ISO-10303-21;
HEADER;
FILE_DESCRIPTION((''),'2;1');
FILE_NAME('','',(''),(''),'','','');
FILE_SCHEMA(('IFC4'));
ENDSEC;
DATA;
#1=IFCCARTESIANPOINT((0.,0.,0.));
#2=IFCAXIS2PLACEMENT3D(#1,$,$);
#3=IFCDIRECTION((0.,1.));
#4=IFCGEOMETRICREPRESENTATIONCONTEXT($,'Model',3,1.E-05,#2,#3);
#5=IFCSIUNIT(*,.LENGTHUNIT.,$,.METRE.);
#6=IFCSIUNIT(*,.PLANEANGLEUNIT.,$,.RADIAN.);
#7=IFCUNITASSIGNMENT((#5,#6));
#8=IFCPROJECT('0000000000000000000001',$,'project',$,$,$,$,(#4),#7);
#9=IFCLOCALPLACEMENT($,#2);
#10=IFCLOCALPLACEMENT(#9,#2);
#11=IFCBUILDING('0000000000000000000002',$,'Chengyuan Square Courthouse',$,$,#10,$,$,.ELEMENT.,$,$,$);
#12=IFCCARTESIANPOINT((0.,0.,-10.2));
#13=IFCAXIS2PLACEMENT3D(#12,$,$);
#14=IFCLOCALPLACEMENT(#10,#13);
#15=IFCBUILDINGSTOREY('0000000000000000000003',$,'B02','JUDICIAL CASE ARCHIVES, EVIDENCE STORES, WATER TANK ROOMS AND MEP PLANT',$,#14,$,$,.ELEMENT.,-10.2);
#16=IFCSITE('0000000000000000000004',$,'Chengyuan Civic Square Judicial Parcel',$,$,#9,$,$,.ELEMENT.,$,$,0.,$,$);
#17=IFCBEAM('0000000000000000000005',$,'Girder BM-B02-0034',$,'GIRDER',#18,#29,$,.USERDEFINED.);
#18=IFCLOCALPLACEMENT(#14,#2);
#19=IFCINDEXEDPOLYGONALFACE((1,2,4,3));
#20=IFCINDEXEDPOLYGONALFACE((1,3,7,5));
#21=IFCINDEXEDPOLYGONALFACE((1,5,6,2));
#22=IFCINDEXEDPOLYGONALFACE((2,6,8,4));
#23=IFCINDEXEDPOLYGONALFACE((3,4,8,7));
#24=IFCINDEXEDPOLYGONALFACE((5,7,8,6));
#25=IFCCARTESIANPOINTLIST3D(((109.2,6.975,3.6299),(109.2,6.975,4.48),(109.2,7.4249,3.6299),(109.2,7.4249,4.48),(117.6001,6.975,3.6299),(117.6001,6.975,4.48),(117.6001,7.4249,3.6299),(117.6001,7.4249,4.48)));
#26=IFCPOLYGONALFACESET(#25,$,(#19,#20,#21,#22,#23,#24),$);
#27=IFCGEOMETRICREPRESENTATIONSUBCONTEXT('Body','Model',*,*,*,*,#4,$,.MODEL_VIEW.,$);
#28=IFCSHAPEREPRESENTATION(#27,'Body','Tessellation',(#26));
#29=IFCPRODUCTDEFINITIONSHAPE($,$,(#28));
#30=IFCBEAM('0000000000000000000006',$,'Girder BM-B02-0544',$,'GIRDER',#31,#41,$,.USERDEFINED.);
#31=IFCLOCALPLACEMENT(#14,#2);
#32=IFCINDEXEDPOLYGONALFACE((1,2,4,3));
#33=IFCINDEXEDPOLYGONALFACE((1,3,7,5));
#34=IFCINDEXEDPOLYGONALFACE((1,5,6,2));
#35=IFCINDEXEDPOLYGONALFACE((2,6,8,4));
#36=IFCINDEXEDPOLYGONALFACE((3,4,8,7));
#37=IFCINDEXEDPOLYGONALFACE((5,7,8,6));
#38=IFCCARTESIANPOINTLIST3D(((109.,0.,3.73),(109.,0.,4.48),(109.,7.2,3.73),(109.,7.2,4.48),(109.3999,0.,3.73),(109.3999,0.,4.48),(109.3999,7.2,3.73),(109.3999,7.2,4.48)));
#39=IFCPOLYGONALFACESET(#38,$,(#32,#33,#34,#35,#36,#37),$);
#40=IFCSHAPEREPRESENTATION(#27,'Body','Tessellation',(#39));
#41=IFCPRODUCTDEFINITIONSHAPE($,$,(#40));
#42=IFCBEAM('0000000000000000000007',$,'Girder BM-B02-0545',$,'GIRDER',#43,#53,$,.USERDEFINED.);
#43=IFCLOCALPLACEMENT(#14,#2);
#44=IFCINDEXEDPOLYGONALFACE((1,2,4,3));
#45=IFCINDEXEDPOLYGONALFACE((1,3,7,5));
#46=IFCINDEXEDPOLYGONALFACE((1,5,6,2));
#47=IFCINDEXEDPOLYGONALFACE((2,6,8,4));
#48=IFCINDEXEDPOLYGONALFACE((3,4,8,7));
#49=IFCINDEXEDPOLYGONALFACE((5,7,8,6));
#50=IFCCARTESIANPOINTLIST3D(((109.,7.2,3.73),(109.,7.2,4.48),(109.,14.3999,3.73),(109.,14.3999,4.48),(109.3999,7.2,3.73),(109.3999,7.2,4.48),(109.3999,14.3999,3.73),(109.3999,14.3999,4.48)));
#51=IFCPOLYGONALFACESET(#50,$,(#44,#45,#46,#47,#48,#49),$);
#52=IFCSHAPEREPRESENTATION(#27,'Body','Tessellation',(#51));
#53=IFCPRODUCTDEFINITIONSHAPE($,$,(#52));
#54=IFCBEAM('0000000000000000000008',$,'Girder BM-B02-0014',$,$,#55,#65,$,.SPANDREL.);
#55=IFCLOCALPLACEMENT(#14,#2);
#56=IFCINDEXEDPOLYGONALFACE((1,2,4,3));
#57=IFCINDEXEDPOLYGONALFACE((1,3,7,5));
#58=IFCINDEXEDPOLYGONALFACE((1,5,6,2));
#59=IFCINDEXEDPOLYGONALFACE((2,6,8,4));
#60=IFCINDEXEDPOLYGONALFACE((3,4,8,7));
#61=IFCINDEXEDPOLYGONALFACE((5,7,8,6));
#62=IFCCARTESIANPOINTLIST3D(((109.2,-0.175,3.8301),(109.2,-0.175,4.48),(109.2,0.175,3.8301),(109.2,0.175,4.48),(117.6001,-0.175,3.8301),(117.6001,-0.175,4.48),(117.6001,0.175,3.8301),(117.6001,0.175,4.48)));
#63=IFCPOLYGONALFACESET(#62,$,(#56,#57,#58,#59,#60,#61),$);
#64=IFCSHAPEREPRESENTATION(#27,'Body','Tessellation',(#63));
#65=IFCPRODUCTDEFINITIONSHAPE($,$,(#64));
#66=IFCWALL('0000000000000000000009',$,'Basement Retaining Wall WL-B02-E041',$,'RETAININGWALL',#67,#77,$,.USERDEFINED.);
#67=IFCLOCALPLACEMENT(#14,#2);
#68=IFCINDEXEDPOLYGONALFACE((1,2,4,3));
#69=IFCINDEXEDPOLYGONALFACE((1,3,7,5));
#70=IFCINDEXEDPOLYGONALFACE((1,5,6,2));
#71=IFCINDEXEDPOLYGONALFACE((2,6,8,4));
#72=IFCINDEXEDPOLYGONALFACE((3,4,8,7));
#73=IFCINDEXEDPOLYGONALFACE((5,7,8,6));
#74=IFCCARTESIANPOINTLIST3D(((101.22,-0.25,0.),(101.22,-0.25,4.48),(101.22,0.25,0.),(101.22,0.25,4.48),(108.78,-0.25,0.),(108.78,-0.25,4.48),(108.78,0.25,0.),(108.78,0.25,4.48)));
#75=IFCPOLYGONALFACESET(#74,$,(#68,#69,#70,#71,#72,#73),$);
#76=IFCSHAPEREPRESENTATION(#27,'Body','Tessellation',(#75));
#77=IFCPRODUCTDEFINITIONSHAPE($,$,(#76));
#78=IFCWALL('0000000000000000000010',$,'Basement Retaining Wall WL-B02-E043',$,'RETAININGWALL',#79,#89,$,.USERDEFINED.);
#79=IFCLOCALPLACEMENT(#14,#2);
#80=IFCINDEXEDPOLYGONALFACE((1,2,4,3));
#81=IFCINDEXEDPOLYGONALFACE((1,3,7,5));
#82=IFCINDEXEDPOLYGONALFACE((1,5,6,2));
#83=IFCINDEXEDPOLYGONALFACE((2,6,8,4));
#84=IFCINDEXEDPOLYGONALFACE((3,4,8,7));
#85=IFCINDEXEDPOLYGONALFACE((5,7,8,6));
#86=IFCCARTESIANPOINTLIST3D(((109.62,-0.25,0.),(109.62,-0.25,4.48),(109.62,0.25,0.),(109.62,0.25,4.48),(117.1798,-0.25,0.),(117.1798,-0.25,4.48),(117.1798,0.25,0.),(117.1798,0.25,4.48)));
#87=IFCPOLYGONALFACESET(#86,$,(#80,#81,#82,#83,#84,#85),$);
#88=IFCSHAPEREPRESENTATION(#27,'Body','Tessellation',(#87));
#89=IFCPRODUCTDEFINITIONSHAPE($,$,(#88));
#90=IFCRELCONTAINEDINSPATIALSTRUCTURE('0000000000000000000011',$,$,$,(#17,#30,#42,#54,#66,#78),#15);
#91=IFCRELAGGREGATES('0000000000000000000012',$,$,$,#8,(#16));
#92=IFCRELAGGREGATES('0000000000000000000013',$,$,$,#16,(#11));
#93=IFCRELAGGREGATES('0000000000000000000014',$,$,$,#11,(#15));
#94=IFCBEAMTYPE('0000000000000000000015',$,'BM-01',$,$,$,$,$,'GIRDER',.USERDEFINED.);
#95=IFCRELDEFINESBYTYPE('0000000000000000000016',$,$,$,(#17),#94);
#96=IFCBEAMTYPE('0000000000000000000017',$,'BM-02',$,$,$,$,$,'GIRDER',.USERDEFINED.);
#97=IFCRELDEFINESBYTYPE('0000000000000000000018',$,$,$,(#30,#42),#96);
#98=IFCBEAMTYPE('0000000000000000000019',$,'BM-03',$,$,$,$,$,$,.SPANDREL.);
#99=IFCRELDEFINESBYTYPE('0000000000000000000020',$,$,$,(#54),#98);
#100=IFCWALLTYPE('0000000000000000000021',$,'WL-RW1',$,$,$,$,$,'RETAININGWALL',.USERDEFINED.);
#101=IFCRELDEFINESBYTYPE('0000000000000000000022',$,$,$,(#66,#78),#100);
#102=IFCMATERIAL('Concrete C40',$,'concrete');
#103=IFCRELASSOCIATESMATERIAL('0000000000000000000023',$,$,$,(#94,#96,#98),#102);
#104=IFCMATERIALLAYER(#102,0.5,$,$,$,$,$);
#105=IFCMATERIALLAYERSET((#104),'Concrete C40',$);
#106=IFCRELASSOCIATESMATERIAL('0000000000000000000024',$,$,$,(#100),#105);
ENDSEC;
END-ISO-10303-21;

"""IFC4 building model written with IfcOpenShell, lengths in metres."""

from ifc_helpers import new_model, si_unit, direction, frame, frame_2d, origin, origin_2d, place, context, subcontext, project, spatial, rectangle, extrude, material, layer, layer_set, material_profile, profile_set, type_object, element, save


model = new_model("IFC4")

# Units and contexts
model_context = context("Model", 3, precision=1e-05, world=origin(), true_north=direction((0.0, 1.0)))
body_context = subcontext(model_context, "Body", "Model", "MODEL_VIEW")
ifc_project = project(units=[si_unit("LENGTHUNIT", "METRE"), si_unit("PLANEANGLEUNIT", "RADIAN")], contexts=[model_context])

# Site, building, storey
site_placement = place(None, origin())
site = spatial("IfcSite", under=ifc_project, at=site_placement, Name="Chengyuan Civic Square Judicial Parcel", CompositionType="ELEMENT", RefElevation=0.0)
building_placement = place(site_placement, origin())
building = spatial("IfcBuilding", under=site, at=building_placement, Name="Chengyuan Square Courthouse", CompositionType="ELEMENT")
storey_placement = place(building_placement, frame((0.0, 0.0, -10.2)))
storey = spatial("IfcBuildingStorey", under=building, at=storey_placement, Name="B02", Description="JUDICIAL CASE ARCHIVES, EVIDENCE STORES, WATER TANK ROOMS AND MEP PLANT", CompositionType="ELEMENT", Elevation=-10.2)

# Shared definitions
ifc_material_1 = material(Name="Concrete C40", Category="concrete")

# Beams
ifc_material_profile_1 = material_profile(ifc_material_1, rectangle(XDim=0.45, YDim=0.8501, at=origin_2d()), Name="RC-BM-450x850")
ifc_profile_set_1 = profile_set([ifc_material_profile_1], Name="Concrete C40")
beam_type_1 = type_object("IfcBeamType", Name="BM-01", ElementType="GIRDER", PredefinedType="USERDEFINED", material=ifc_profile_set_1)
beam_1_placement = place(storey_placement, frame((109.2, 7.2, 4.0549), z_axis=(1.0, 0.0, 0.0), x_axis=(0.0, 1.0, 0.0)))
element("IfcBeam", 1, at=beam_1_placement, inside=storey, type_object=beam_type_1, Name="Girder BM-B02-0034", ObjectType="GIRDER", PredefinedType="USERDEFINED", context=body_context, shape_type="SweptSolid", body=[
    extrude(rectangle(XDim=0.45, YDim=0.8501, at=origin_2d()), origin(), (0.0, 0.0, 1.0), 8.4001),
])
ifc_material_profile_2 = material_profile(ifc_material_1, rectangle(XDim=0.3999, YDim=0.75, at=origin_2d()), Name="RC-BM-400x750")
ifc_profile_set_2 = profile_set([ifc_material_profile_2], Name="Concrete C40")
beam_type_2 = type_object("IfcBeamType", Name="BM-02", ElementType="GIRDER", PredefinedType="USERDEFINED", material=ifc_profile_set_2)
for number, where, z_axis, x_axis, name in (
    (2, (109.2, 0.0, 4.105), (0.0, 1.0, 0.0), (-1.0, 0.0, 0.0), "Girder BM-B02-0544"),
    (3, (109.2, 7.2, 4.105), (0.0, 1.0, 0.0), (-1.0, 0.0, 0.0), "Girder BM-B02-0545"),
):
    element("IfcBeam", number, at=place(storey_placement, frame(where, z_axis=z_axis, x_axis=x_axis)), inside=storey, type_object=beam_type_2, Name=name, ObjectType="GIRDER", PredefinedType="USERDEFINED", context=body_context, shape_type="SweptSolid", body=[
        extrude(rectangle(XDim=0.3999, YDim=0.75, at=origin_2d()), origin(), (0.0, 0.0, 1.0), 7.2),
    ])
ifc_material_profile_3 = material_profile(ifc_material_1, rectangle(XDim=0.3501, YDim=0.6499, at=origin_2d()), Name="RC-BM-350x650")
ifc_profile_set_3 = profile_set([ifc_material_profile_3], Name="Concrete C40")
beam_type_3 = type_object("IfcBeamType", Name="BM-03", PredefinedType="SPANDREL", material=ifc_profile_set_3)
beam_2_placement = place(storey_placement, frame((109.2, 0.0, 4.155), z_axis=(1.0, 0.0, 0.0), x_axis=(0.0, 1.0, 0.0)))
element("IfcBeam", 4, at=beam_2_placement, inside=storey, type_object=beam_type_3, Name="Girder BM-B02-0014", PredefinedType="SPANDREL", context=body_context, shape_type="SweptSolid", body=[
    extrude(rectangle(XDim=0.3501, YDim=0.6499, at=origin_2d()), origin(), (0.0, 0.0, 1.0), 8.4001),
])

# Walls
ifc_layer = layer(ifc_material_1, 0.5)
ifc_layer_set = layer_set([ifc_layer], Name="Concrete C40")
wall_type = type_object("IfcWallType", Name="WL-RW1", ElementType="RETAININGWALL", PredefinedType="USERDEFINED", material=ifc_layer_set)
wall_1_placement = place(storey_placement, frame((101.22, 0.0, 0.0), z_axis=(0.0, 0.0, 1.0), x_axis=(1.0, 0.0, 0.0)))
element("IfcWall", 5, at=wall_1_placement, inside=storey, type_object=wall_type, Name="Basement Retaining Wall WL-B02-E041", ObjectType="RETAININGWALL", PredefinedType="USERDEFINED", context=body_context, shape_type="SweptSolid", body=[
    extrude(rectangle(XDim=7.5601, YDim=0.5, at=frame_2d((3.78, 0.0))), origin(), (0.0, 0.0, 1.0), 4.48),
])
wall_2_placement = place(storey_placement, frame((109.6201, 0.0, 0.0), z_axis=(0.0, 0.0, 1.0), x_axis=(1.0, 0.0, 0.0)))
element("IfcWall", 6, at=wall_2_placement, inside=storey, type_object=wall_type, Name="Basement Retaining Wall WL-B02-E043", ObjectType="RETAININGWALL", PredefinedType="USERDEFINED", context=body_context, shape_type="SweptSolid", body=[
    extrude(rectangle(XDim=7.5598, YDim=0.5, at=frame_2d((3.7798, 0.0))), origin(), (0.0, 0.0, 1.0), 4.48),
])

save(model, "model.ifc")
